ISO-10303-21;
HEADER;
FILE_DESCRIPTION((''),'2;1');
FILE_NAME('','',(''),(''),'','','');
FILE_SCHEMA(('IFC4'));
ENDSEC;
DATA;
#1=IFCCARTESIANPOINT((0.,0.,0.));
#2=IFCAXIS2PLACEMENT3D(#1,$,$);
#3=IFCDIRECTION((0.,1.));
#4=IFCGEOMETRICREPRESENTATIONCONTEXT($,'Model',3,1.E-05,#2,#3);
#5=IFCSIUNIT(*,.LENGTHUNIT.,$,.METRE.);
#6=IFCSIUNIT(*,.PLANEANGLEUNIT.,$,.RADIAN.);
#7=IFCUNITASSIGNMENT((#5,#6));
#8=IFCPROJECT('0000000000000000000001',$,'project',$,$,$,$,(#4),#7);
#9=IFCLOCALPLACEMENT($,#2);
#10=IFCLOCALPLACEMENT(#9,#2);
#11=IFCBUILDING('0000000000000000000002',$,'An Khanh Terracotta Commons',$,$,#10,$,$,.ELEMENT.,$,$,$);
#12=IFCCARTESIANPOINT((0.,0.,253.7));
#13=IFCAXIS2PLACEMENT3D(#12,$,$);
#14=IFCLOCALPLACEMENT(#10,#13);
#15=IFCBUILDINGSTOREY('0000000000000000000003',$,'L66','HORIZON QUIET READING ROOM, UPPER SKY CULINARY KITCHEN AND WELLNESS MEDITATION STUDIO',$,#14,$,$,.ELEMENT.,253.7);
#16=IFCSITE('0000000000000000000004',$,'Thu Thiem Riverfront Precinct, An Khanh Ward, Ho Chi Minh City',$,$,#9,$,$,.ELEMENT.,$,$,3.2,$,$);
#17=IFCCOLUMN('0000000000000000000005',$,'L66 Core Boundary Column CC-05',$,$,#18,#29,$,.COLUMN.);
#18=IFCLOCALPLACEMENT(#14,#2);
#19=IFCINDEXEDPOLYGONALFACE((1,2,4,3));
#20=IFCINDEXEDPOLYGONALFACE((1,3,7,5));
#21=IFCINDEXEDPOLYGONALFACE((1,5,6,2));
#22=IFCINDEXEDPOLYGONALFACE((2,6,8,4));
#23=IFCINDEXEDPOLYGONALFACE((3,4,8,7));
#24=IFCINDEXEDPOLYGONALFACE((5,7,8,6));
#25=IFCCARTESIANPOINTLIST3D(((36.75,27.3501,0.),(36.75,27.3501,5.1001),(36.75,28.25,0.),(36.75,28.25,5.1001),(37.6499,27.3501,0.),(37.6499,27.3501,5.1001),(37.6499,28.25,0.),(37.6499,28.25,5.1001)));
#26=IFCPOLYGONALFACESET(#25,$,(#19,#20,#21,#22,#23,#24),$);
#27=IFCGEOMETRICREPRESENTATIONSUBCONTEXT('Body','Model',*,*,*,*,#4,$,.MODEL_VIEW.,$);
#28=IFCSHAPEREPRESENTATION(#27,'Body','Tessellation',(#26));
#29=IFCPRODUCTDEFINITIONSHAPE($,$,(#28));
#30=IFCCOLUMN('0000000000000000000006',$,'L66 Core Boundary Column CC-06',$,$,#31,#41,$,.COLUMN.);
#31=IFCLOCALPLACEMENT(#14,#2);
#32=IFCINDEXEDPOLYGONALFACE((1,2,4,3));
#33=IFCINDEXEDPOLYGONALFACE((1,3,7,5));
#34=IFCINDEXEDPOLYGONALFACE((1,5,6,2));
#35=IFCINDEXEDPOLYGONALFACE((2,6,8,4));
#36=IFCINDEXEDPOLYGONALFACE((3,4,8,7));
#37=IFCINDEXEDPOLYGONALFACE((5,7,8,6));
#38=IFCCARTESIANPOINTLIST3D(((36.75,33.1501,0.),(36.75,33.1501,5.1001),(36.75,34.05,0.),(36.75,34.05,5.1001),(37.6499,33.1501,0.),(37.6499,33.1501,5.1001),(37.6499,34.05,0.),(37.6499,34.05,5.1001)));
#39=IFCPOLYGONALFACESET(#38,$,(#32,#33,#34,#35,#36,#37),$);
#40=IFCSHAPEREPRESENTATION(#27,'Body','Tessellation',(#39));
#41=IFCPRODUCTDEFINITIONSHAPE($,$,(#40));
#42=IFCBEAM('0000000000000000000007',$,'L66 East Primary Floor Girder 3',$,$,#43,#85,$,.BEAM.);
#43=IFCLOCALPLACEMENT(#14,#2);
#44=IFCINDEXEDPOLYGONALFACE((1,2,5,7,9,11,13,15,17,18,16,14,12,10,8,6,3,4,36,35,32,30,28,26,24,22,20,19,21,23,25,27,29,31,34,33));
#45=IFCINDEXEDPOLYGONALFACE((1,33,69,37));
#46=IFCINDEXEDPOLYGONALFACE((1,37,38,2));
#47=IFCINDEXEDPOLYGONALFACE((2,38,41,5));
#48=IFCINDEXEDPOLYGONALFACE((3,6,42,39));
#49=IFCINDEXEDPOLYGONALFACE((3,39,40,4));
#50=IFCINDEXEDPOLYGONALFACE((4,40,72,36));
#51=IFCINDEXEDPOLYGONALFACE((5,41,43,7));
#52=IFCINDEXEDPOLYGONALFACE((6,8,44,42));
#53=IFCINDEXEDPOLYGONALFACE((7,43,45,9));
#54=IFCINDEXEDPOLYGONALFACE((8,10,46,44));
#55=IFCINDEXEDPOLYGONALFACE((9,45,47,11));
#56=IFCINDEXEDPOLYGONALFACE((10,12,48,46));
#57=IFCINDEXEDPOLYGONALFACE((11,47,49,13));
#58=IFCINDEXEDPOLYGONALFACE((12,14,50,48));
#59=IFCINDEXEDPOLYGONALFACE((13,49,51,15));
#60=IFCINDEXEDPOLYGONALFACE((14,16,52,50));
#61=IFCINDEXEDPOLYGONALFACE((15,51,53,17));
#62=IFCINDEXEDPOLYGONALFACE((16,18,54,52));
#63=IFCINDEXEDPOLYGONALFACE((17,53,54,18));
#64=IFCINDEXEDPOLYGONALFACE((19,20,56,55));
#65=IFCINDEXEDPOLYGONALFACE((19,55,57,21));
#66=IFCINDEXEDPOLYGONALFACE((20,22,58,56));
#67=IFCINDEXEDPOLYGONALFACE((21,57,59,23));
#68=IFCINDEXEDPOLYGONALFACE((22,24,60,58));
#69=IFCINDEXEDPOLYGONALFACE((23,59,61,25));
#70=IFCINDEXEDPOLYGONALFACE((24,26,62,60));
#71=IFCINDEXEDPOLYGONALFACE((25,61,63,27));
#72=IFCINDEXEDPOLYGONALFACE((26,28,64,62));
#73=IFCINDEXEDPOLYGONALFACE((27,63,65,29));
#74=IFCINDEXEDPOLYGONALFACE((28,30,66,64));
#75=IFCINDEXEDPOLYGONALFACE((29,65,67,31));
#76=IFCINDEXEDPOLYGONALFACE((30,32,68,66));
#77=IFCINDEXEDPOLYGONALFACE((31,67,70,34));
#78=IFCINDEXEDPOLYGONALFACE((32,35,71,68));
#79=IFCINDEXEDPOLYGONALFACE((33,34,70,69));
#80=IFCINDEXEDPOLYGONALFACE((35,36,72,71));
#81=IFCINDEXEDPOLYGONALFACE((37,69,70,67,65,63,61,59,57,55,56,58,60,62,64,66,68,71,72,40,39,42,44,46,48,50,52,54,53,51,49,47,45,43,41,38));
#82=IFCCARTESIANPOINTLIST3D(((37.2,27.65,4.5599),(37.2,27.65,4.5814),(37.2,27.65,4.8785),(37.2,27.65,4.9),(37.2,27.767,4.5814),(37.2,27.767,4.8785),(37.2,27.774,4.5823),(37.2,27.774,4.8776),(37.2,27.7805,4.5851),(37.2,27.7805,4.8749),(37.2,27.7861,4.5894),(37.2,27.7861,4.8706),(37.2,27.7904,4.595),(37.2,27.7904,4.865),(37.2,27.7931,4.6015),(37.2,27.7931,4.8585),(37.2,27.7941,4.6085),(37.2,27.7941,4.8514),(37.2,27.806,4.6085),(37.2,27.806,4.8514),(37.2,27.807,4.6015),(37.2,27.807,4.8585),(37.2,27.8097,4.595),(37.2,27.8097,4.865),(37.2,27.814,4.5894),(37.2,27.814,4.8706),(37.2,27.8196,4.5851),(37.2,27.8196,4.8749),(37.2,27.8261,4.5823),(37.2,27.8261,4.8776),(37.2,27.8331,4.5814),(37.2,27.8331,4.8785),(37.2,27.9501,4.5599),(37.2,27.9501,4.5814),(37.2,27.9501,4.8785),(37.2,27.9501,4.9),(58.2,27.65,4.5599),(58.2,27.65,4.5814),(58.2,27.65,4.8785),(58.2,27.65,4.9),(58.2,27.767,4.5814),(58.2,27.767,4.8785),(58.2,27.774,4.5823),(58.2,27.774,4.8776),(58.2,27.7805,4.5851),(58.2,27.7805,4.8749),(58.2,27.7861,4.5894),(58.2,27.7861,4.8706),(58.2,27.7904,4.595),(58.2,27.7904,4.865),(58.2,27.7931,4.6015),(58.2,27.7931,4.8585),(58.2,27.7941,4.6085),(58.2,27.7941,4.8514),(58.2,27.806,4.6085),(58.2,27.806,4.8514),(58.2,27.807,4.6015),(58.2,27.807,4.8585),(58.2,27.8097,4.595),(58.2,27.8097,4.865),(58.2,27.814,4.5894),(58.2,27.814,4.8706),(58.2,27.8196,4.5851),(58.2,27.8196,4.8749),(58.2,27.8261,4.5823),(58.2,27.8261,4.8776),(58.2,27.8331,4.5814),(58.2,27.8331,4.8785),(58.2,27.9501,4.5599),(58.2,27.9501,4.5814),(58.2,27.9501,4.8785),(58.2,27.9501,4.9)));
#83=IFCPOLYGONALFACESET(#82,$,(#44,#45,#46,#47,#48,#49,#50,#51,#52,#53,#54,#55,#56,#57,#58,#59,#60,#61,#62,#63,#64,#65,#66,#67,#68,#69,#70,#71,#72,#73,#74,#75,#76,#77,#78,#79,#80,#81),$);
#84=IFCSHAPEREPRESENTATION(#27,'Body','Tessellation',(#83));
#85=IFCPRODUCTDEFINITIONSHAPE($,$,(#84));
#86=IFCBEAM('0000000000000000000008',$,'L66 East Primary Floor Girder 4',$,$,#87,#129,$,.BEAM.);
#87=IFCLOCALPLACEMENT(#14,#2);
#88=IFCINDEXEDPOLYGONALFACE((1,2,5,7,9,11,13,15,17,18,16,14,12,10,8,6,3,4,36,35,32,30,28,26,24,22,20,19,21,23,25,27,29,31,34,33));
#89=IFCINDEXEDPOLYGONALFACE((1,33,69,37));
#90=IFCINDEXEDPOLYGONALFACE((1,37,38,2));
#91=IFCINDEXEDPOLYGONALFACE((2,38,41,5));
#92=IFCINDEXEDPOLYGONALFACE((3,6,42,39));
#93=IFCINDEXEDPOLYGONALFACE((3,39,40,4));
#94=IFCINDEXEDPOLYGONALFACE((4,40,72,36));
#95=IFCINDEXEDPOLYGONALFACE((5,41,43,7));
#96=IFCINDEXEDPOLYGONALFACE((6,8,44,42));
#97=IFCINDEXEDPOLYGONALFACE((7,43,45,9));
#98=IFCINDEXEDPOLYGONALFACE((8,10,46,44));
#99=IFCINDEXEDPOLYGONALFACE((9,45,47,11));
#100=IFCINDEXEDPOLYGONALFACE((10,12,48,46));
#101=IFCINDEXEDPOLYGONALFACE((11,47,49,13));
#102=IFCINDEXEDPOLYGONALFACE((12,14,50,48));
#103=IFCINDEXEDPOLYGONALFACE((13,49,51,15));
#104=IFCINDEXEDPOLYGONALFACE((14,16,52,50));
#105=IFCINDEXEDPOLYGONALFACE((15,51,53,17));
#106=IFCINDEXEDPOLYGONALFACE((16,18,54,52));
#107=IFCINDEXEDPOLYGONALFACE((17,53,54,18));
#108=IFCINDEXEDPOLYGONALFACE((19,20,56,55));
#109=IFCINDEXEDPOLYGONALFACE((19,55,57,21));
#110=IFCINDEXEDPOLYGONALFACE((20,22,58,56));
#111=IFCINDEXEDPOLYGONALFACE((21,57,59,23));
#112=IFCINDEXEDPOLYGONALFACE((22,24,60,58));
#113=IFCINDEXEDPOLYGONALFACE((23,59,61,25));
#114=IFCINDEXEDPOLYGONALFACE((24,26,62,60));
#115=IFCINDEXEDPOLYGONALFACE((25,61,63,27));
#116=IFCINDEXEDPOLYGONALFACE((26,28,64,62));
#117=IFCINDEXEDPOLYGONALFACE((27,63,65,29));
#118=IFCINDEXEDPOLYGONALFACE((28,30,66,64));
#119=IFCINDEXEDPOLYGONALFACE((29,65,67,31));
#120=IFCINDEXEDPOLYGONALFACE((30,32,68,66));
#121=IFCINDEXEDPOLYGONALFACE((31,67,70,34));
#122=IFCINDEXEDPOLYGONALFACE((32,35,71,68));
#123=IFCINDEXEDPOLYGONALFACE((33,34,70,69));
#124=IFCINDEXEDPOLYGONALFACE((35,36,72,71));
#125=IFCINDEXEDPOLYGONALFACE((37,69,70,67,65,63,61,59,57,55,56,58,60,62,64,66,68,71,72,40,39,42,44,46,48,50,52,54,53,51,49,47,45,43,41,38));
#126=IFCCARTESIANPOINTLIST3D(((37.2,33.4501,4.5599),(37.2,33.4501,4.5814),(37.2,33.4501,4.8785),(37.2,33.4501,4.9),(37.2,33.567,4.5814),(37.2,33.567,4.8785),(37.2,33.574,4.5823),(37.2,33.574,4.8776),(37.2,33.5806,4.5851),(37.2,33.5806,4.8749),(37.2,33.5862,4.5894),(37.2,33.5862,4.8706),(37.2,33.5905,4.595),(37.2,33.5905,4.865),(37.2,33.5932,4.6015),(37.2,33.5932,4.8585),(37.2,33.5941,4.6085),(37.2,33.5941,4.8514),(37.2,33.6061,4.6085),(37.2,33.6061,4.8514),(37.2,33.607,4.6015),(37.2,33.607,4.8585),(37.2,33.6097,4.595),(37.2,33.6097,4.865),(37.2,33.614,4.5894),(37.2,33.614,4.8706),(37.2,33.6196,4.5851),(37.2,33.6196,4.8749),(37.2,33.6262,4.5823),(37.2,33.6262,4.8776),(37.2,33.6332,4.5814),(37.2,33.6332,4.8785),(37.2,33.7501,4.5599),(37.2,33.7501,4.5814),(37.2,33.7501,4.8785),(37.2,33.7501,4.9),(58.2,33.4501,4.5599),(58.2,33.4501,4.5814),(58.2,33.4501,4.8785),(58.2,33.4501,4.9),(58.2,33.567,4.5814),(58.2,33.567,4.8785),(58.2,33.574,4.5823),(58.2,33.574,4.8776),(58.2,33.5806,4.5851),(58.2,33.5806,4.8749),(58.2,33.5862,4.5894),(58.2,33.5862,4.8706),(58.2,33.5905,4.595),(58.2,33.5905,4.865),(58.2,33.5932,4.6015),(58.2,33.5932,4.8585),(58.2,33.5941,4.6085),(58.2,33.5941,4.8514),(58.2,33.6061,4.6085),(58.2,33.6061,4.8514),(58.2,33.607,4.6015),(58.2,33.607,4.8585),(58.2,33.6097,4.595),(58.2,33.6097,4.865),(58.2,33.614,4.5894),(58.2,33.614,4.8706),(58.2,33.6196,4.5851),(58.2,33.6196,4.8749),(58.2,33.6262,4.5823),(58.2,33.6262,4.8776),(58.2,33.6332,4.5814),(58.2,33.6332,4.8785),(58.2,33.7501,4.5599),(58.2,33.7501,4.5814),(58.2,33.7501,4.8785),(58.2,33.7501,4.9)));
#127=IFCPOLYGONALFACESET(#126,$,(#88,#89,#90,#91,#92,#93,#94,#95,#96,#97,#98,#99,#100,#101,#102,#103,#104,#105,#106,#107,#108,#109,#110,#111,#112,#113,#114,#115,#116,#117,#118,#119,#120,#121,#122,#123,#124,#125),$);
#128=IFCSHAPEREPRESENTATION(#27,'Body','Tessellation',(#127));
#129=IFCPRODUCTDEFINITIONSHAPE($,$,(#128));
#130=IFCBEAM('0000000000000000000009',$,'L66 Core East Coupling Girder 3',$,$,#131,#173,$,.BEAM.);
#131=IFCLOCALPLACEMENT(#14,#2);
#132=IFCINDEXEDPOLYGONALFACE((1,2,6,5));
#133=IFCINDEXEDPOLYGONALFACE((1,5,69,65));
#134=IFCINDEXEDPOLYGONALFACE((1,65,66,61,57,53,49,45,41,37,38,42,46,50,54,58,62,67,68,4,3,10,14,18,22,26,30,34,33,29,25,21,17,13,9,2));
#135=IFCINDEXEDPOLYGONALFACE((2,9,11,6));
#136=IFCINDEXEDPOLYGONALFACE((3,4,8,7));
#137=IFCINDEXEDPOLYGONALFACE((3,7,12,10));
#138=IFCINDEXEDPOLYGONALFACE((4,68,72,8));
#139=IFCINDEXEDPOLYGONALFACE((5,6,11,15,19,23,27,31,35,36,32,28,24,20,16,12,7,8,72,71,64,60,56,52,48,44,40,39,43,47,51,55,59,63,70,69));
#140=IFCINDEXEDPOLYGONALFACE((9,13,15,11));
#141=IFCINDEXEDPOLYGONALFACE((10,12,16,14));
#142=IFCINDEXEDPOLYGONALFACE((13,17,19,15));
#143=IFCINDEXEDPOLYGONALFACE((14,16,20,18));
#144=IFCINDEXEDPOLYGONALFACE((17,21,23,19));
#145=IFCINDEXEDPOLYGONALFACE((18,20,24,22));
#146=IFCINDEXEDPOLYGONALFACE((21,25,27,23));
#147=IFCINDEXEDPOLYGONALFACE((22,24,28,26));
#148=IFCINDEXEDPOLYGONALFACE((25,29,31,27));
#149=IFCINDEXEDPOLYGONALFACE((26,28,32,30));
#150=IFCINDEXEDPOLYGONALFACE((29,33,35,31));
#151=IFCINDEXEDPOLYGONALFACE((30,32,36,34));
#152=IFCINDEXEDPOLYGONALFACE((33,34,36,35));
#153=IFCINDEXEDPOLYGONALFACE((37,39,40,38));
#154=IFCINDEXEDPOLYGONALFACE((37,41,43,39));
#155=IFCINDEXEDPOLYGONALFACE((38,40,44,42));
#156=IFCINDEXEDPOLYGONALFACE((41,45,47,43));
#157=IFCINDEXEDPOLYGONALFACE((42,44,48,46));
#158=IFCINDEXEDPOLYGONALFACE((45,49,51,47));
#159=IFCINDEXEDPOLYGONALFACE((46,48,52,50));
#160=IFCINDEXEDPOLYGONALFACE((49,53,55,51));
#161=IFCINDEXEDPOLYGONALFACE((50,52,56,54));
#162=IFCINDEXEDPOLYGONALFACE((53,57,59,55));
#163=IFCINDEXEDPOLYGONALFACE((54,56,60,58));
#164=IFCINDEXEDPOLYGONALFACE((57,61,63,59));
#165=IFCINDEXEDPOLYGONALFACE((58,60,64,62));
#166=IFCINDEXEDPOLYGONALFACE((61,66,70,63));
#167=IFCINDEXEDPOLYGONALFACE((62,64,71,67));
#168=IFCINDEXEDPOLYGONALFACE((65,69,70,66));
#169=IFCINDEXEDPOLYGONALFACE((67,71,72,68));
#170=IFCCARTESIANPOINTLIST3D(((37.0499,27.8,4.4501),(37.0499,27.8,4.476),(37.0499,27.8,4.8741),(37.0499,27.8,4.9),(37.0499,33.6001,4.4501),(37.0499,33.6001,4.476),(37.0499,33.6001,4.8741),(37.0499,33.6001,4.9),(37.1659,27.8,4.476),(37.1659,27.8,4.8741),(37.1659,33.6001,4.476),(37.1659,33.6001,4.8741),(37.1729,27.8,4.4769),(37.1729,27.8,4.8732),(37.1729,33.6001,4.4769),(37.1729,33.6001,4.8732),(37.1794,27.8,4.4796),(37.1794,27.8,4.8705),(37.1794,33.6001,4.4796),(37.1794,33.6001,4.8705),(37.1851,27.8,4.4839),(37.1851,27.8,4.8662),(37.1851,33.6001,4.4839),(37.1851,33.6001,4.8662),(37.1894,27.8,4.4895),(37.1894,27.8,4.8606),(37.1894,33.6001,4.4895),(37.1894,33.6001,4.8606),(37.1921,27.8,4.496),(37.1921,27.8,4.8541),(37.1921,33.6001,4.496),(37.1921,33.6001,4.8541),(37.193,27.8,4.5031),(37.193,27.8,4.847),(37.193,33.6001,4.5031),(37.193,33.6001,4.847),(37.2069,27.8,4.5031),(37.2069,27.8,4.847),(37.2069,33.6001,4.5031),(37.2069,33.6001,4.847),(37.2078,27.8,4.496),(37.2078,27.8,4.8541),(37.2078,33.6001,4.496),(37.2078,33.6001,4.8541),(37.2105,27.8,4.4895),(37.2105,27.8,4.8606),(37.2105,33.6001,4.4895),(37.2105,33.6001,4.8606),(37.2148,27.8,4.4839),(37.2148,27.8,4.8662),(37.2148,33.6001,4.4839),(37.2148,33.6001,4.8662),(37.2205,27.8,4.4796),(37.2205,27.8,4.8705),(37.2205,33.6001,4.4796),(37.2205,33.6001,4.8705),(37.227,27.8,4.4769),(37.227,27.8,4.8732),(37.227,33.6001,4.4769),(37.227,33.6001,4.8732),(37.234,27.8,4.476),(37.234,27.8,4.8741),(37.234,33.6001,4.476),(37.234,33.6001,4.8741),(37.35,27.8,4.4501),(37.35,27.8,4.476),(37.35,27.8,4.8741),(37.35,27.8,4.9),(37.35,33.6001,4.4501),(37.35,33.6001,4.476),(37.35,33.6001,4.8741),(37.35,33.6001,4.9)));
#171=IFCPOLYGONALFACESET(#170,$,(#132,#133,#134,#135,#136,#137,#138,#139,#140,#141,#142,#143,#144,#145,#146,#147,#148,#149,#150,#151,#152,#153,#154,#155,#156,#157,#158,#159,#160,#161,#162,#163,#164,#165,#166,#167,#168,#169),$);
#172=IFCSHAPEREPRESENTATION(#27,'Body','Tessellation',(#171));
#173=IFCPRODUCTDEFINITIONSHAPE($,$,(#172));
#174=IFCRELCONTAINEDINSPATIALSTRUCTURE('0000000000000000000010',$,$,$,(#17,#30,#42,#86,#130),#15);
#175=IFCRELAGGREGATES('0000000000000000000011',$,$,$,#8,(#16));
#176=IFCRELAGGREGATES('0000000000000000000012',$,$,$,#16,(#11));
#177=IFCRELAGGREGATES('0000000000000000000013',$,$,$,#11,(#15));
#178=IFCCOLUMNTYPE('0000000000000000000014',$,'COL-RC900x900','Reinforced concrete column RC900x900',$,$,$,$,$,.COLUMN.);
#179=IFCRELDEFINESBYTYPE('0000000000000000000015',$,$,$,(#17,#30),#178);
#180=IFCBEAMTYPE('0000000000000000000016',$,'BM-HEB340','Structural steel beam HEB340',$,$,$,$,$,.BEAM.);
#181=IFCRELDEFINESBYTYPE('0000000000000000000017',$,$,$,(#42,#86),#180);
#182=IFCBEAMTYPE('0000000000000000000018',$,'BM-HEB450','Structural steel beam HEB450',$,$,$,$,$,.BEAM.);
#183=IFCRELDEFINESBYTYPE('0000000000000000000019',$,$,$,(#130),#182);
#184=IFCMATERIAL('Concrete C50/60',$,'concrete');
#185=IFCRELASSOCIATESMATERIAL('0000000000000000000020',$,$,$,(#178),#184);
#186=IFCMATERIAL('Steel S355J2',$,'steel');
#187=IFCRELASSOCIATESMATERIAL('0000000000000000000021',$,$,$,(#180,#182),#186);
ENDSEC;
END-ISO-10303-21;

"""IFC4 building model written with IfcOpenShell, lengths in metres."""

from ifc_helpers import new_model, si_unit, direction, frame, origin, origin_2d, place, context, subcontext, project, spatial, rectangle, i_section, extrude, material, material_profile, profile_set, type_object, element, save


model = new_model("IFC4")

# Units and contexts
model_context = context("Model", 3, precision=1e-05, world=origin(), true_north=direction((0.0, 1.0)))
body_context = subcontext(model_context, "Body", "Model", "MODEL_VIEW")
ifc_project = project(units=[si_unit("LENGTHUNIT", "METRE"), si_unit("PLANEANGLEUNIT", "RADIAN")], contexts=[model_context])

# Site, building, storey
site_placement = place(None, origin())
site = spatial("IfcSite", under=ifc_project, at=site_placement, Name="Thu Thiem Riverfront Precinct, An Khanh Ward, Ho Chi Minh City", CompositionType="ELEMENT", RefElevation=3.2)
building_placement = place(site_placement, origin())
building = spatial("IfcBuilding", under=site, at=building_placement, Name="An Khanh Terracotta Commons", CompositionType="ELEMENT")
storey_placement = place(building_placement, frame((0.0, 0.0, 253.7)))
storey = spatial("IfcBuildingStorey", under=building, at=storey_placement, Name="L66", Description="HORIZON QUIET READING ROOM, UPPER SKY CULINARY KITCHEN AND WELLNESS MEDITATION STUDIO", CompositionType="ELEMENT", Elevation=253.7)

# Columns
ifc_material_1 = material(Name="Concrete C50/60", Category="concrete")
ifc_material_profile_1 = material_profile(ifc_material_1, rectangle(XDim=0.8999, YDim=0.8999, at=origin_2d()), Name="RC900x900")
ifc_profile_set_1 = profile_set([ifc_material_profile_1], Name="Concrete C50/60")
column_type = type_object("IfcColumnType", Name="COL-RC900x900", Description="Reinforced concrete column RC900x900", PredefinedType="COLUMN", material=ifc_profile_set_1)
for number, where, z_axis, x_axis, name in (
    (1, (37.2, 27.8, 0.0), (0.0, 0.0, 1.0), (1.0, 0.0, 0.0), "L66 Core Boundary Column CC-05"),
    (2, (37.2, 33.6001, 0.0), (0.0, 0.0, 1.0), (1.0, 0.0, 0.0), "L66 Core Boundary Column CC-06"),
):
    element("IfcColumn", number, at=place(storey_placement, frame(where, z_axis=z_axis, x_axis=x_axis)), inside=storey, type_object=column_type, Name=name, PredefinedType="COLUMN", context=body_context, shape_type="SweptSolid", body=[
        extrude(rectangle(XDim=0.8999, YDim=0.8999, at=origin_2d()), origin(), (0.0, 0.0, 1.0), 5.1001),
    ])

# Beams
ifc_material_2 = material(Name="Steel S355J2", Category="steel")
ifc_material_profile_2 = material_profile(ifc_material_2, i_section(OverallWidth=0.3, OverallDepth=0.3401, WebThickness=0.012, FlangeThickness=0.0215, FilletRadius=0.0271, at=origin_2d()), Name="HEB340")
ifc_profile_set_2 = profile_set([ifc_material_profile_2], Name="Steel S355J2")
beam_type_1 = type_object("IfcBeamType", Name="BM-HEB340", Description="Structural steel beam HEB340", PredefinedType="BEAM", material=ifc_profile_set_2)
for number, where, z_axis, x_axis, name in (
    (3, (37.2, 27.8, 4.73), (1.0, 0.0, 0.0), (0.0, 1.0, 0.0), "L66 East Primary Floor Girder 3"),
    (4, (37.2, 33.6001, 4.73), (1.0, 0.0, 0.0), (0.0, 1.0, 0.0), "L66 East Primary Floor Girder 4"),
):
    element("IfcBeam", number, at=place(storey_placement, frame(where, z_axis=z_axis, x_axis=x_axis)), inside=storey, type_object=beam_type_1, Name=name, PredefinedType="BEAM", context=body_context, shape_type="SweptSolid", body=[
        extrude(i_section(OverallWidth=0.3, OverallDepth=0.3401, WebThickness=0.012, FlangeThickness=0.0215, FilletRadius=0.0271, at=origin_2d()), origin(), (0.0, 0.0, 1.0), 21.0),
    ])
ifc_material_profile_3 = material_profile(ifc_material_2, i_section(OverallWidth=0.3, OverallDepth=0.45, WebThickness=0.0139, FlangeThickness=0.0259, FilletRadius=0.0271, at=origin_2d()), Name="HEB450")
ifc_profile_set_3 = profile_set([ifc_material_profile_3], Name="Steel S355J2")
beam_type_2 = type_object("IfcBeamType", Name="BM-HEB450", Description="Structural steel beam HEB450", PredefinedType="BEAM", material=ifc_profile_set_3)
beam_placement = place(storey_placement, frame((37.2, 27.8, 4.675), z_axis=(0.0, 1.0, 0.0), x_axis=(-1.0, 0.0, 0.0)))
element("IfcBeam", 5, at=beam_placement, inside=storey, type_object=beam_type_2, Name="L66 Core East Coupling Girder 3", PredefinedType="BEAM", context=body_context, shape_type="SweptSolid", body=[
    extrude(i_section(OverallWidth=0.3, OverallDepth=0.45, WebThickness=0.0139, FlangeThickness=0.0259, FilletRadius=0.0271, at=origin_2d()), origin(), (0.0, 0.0, 1.0), 5.8),
])

save(model, "model.ifc")
